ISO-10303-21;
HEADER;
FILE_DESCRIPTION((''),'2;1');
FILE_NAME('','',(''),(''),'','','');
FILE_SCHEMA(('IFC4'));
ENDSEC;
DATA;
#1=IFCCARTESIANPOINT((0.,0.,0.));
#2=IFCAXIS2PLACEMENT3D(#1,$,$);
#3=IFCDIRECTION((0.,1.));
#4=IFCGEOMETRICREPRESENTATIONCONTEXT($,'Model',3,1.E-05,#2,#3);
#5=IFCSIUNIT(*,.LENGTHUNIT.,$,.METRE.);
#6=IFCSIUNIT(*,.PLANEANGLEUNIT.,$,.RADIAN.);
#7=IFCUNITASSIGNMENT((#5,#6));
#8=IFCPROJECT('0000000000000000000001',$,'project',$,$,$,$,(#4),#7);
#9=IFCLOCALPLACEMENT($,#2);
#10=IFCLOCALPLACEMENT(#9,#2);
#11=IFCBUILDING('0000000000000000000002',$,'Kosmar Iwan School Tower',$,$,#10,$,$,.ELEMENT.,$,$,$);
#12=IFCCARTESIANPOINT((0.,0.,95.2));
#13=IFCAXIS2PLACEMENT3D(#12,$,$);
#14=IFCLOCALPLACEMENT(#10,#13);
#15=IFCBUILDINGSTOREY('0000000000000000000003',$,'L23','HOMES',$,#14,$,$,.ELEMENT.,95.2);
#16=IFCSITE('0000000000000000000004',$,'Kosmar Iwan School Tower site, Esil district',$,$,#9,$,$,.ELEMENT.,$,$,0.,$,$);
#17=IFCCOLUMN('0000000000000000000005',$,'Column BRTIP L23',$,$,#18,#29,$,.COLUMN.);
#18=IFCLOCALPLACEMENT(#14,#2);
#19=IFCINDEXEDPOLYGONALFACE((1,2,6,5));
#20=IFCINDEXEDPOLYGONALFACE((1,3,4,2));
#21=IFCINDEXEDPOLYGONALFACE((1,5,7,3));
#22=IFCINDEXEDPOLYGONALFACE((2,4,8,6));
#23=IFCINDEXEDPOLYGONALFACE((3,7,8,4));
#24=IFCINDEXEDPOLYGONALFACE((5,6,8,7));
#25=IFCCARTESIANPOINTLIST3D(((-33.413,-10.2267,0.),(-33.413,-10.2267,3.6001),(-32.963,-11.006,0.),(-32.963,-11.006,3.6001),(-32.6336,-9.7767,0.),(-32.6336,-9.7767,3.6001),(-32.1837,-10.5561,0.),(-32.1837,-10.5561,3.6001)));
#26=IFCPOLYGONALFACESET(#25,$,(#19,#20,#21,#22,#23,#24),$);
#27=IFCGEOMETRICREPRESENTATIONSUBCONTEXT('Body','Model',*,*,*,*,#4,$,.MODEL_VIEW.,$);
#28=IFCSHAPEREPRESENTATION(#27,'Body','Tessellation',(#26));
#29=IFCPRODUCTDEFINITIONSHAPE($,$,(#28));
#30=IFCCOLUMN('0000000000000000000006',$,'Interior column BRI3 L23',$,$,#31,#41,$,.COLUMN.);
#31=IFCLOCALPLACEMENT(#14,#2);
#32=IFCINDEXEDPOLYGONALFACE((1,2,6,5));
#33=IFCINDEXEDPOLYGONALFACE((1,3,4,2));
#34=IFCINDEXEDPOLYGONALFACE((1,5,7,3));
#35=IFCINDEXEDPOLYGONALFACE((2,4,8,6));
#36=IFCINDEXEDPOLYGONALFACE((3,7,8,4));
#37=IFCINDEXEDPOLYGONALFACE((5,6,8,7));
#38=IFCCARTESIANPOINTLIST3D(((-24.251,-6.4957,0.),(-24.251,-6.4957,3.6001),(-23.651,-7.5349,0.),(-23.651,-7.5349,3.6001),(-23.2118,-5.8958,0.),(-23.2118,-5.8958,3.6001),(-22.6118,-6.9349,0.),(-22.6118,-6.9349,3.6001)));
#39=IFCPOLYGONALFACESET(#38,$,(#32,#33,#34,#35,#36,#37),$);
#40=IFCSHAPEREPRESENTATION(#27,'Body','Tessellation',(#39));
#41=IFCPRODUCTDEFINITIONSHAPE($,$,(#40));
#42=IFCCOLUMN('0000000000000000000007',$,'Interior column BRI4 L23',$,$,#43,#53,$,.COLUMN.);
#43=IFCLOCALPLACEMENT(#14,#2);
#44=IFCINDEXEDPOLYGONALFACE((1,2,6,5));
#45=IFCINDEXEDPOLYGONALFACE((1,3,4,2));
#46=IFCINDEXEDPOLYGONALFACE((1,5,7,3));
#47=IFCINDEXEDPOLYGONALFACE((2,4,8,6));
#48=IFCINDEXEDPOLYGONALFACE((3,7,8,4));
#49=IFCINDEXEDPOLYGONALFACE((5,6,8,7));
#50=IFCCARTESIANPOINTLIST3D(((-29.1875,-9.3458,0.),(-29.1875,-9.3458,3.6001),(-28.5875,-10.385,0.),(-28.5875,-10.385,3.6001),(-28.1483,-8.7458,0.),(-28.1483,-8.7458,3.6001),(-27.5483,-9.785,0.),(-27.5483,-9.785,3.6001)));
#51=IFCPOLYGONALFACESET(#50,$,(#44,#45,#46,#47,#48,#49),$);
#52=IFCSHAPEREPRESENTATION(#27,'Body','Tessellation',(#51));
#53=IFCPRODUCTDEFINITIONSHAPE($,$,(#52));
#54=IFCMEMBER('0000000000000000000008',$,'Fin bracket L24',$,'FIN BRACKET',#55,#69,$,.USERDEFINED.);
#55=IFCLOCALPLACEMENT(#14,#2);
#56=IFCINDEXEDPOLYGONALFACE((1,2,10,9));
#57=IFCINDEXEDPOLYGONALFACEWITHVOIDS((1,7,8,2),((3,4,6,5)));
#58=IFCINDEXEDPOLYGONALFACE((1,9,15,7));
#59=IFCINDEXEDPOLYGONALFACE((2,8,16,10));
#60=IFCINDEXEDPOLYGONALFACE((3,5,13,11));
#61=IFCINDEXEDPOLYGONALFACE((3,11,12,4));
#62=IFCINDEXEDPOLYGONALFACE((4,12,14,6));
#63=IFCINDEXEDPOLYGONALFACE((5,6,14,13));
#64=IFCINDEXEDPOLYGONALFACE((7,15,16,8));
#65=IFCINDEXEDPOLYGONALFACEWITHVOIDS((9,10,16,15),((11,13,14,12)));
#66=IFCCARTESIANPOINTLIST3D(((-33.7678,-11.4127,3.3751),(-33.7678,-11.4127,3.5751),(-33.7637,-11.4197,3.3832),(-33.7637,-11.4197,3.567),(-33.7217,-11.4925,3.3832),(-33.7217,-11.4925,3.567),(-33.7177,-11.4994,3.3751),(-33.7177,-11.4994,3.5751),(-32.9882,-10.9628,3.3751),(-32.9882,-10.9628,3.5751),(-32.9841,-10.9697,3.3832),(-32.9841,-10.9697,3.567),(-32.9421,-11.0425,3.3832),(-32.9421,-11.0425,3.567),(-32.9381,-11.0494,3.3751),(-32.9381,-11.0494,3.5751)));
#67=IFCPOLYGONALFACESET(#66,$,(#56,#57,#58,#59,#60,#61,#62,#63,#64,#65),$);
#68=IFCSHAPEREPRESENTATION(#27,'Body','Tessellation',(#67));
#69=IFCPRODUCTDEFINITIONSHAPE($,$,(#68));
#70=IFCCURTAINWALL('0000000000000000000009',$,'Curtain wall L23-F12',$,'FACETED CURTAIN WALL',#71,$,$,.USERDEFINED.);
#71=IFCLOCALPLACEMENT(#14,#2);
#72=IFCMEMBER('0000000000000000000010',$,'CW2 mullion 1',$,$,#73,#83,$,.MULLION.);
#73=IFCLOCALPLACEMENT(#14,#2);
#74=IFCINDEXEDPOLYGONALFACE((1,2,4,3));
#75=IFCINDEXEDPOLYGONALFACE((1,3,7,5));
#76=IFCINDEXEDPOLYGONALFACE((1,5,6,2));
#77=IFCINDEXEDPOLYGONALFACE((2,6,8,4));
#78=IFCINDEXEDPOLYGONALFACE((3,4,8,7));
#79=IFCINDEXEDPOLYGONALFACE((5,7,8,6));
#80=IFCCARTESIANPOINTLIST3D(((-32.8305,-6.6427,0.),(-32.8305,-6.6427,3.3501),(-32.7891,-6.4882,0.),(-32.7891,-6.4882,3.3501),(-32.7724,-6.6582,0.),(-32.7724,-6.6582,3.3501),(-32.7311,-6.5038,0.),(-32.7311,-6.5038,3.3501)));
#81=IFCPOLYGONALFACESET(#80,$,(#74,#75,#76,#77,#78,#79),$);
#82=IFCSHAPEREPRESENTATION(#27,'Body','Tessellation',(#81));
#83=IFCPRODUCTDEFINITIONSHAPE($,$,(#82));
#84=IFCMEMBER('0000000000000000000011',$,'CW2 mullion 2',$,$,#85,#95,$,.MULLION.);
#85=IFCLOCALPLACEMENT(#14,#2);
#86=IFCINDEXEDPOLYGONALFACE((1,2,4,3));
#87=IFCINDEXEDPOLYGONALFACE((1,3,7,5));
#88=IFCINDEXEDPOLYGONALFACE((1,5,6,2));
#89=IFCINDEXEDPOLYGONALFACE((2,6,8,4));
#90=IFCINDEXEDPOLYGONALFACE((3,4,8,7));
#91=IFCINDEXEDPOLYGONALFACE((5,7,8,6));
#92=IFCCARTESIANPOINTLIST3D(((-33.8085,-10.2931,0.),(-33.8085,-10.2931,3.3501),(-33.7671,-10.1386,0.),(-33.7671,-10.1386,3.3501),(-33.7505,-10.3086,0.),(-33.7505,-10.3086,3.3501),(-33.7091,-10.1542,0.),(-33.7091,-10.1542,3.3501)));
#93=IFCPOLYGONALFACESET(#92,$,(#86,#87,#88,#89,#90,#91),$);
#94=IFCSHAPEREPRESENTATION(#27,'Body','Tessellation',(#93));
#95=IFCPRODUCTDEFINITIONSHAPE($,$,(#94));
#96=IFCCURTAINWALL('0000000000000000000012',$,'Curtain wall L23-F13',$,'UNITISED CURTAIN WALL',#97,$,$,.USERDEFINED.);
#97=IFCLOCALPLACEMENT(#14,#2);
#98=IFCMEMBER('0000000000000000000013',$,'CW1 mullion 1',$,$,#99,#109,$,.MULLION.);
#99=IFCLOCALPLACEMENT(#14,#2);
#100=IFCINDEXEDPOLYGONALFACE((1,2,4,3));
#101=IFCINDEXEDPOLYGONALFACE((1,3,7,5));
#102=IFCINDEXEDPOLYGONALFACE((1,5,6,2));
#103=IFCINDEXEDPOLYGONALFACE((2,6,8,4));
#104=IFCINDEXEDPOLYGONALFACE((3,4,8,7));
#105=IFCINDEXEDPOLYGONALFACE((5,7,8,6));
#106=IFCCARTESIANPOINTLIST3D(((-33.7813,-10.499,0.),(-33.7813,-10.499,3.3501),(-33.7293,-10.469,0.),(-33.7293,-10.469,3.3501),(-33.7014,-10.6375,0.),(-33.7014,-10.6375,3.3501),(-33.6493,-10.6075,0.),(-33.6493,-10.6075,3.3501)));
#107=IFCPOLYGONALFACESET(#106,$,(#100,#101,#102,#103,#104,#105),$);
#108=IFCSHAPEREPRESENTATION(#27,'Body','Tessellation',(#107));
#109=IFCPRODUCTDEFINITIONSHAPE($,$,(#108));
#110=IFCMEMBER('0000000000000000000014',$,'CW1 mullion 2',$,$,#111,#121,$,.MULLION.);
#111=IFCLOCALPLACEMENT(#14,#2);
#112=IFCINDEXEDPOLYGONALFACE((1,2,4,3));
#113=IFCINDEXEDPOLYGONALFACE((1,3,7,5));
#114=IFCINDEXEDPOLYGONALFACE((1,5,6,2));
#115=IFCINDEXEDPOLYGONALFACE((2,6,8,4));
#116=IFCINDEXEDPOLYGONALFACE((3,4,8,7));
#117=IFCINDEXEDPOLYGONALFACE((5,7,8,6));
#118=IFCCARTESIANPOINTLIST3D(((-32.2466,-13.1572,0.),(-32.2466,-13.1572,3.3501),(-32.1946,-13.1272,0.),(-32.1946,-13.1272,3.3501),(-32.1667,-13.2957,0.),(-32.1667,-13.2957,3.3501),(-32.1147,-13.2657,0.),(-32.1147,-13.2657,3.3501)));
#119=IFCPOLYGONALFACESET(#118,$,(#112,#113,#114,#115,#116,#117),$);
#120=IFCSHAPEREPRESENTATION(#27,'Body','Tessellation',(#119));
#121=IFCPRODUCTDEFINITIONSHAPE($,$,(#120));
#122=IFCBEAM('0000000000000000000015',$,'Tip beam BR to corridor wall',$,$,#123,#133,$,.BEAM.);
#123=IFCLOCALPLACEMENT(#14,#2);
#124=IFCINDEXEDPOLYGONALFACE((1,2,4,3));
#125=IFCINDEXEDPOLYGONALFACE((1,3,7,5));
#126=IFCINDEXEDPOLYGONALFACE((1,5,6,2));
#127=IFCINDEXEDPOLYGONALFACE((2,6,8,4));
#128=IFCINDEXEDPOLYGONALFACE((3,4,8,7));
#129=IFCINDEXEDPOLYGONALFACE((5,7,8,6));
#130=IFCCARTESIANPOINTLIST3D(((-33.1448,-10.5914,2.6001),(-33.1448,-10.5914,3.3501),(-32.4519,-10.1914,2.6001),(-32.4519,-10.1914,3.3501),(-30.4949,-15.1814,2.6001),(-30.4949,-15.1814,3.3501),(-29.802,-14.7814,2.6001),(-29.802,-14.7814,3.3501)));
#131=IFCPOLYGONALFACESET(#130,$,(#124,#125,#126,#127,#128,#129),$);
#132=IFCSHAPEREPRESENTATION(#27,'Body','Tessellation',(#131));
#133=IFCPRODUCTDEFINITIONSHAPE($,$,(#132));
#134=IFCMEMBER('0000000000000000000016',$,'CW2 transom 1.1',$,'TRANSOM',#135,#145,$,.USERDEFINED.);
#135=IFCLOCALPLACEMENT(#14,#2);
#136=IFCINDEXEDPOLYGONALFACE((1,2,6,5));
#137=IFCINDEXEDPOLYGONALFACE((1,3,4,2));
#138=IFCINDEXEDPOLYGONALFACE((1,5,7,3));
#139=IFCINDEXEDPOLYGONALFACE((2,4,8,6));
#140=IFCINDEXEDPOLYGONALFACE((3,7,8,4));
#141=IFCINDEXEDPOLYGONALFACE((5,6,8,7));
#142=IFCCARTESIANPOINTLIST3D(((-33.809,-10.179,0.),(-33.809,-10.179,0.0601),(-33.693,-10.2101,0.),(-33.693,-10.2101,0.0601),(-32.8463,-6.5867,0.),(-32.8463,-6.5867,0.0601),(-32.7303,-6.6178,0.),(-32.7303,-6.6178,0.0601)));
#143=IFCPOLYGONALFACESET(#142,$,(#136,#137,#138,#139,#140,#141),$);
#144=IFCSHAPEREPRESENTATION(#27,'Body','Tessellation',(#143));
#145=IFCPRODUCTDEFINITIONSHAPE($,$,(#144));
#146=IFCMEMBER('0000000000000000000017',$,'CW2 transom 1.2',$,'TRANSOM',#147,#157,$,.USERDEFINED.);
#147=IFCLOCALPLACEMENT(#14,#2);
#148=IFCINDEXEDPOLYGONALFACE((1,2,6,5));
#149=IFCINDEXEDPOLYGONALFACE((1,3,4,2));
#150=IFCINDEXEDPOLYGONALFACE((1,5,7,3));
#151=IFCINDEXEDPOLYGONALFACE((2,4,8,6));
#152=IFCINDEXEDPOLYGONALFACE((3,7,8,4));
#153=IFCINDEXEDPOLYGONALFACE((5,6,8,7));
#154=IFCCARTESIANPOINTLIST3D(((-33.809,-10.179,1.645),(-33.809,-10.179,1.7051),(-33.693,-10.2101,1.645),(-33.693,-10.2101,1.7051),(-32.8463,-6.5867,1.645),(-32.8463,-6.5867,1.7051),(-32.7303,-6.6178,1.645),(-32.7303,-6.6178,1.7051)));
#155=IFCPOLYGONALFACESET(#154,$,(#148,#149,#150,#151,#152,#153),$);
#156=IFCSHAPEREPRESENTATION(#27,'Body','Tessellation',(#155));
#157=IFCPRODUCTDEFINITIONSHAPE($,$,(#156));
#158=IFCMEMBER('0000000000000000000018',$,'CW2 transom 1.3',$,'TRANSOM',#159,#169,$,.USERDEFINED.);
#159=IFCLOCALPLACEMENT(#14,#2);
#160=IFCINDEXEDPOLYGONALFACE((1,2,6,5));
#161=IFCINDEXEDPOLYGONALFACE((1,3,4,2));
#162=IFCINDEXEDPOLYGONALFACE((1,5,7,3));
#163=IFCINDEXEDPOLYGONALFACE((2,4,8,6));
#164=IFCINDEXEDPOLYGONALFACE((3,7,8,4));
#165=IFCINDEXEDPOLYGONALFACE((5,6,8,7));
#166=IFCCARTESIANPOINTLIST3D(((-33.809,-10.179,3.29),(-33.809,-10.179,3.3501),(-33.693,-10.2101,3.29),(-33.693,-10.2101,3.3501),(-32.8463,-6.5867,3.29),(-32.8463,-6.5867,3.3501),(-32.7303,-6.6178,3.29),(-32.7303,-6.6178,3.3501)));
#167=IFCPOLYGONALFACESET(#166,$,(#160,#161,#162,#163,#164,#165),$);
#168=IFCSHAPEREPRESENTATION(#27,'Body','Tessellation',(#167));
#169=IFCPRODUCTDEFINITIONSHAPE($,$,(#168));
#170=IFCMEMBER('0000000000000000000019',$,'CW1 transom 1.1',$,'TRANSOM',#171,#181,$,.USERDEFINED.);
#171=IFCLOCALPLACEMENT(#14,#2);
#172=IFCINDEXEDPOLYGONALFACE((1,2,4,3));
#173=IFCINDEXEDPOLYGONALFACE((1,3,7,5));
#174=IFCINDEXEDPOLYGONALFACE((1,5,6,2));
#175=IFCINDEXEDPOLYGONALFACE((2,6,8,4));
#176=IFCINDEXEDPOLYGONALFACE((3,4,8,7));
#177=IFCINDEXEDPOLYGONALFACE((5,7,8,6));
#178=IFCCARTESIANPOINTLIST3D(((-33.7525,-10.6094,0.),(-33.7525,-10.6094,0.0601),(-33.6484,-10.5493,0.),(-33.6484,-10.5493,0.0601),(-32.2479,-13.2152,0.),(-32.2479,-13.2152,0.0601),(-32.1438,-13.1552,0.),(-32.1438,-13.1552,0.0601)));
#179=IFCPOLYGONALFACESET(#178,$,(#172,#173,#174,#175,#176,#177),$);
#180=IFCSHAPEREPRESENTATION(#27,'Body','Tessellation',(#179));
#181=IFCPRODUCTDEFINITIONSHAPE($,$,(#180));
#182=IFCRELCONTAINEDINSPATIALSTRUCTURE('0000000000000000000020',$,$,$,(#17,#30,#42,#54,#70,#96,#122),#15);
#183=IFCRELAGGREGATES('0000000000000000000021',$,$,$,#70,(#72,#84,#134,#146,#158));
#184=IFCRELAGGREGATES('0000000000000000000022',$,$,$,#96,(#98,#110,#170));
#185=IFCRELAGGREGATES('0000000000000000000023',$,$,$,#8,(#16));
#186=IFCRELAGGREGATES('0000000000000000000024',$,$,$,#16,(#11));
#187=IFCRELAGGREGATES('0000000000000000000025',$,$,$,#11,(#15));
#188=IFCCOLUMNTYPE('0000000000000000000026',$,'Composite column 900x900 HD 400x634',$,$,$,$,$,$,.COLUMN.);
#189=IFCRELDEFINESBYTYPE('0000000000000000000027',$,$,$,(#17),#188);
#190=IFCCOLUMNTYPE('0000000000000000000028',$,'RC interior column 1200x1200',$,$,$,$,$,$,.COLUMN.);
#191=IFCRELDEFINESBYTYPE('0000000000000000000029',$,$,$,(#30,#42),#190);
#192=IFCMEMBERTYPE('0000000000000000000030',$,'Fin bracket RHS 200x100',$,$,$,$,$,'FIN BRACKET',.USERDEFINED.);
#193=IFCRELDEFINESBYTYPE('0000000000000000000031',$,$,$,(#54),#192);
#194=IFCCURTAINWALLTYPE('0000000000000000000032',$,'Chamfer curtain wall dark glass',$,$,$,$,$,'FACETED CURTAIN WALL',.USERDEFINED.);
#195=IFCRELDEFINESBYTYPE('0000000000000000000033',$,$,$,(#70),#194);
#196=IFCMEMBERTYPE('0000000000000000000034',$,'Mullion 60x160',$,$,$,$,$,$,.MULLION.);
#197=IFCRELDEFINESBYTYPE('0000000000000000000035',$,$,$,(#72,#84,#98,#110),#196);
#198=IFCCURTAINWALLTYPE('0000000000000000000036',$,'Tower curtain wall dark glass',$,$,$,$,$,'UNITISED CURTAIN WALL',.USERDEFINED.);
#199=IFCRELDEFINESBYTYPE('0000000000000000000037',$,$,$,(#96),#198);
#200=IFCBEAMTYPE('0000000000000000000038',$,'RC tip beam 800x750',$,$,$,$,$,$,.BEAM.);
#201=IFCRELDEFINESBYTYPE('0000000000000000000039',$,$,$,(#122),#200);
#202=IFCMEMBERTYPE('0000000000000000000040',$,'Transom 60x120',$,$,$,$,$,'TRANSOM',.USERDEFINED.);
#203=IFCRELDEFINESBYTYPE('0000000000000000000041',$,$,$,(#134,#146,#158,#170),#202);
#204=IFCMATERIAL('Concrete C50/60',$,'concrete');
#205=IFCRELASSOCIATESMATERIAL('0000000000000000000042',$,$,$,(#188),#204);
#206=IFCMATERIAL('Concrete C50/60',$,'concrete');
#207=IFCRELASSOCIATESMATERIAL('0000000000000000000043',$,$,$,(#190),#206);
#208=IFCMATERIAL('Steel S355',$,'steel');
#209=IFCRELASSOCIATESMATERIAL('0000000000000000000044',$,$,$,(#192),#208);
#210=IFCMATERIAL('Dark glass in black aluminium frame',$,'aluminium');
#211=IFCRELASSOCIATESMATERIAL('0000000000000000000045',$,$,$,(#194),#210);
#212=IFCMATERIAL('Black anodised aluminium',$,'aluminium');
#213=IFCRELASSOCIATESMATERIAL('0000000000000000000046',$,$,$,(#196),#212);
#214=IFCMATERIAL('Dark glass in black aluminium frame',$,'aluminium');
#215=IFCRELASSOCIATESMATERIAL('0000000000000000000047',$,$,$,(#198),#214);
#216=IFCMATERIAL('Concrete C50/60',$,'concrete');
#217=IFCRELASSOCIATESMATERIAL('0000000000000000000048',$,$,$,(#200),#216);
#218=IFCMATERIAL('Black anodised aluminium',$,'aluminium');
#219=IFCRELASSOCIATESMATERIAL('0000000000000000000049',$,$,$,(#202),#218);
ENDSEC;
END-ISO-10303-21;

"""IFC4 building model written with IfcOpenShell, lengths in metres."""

from ifc_helpers import new_model, si_unit, direction, frame, origin, origin_2d, place, context, subcontext, project, spatial, rectangle, hollow_rectangle, extrude, material, material_profile, profile_set, type_object, element, aggregate, save


model = new_model("IFC4")

# Units and contexts
model_context = context("Model", 3, precision=1e-05, world=origin(), true_north=direction((0.0, 1.0)))
body_context = subcontext(model_context, "Body", "Model", "MODEL_VIEW")
ifc_project = project(units=[si_unit("LENGTHUNIT", "METRE"), si_unit("PLANEANGLEUNIT", "RADIAN")], contexts=[model_context])

# Site, building, storey
site_placement = place(None, origin())
site = spatial("IfcSite", under=ifc_project, at=site_placement, Name="Kosmar Iwan School Tower site, Esil district", CompositionType="ELEMENT", RefElevation=0.0)
building_placement = place(site_placement, origin())
building = spatial("IfcBuilding", under=site, at=building_placement, Name="Kosmar Iwan School Tower", CompositionType="ELEMENT")
storey_placement = place(building_placement, frame((0.0, 0.0, 95.2)))
storey = spatial("IfcBuildingStorey", under=building, at=storey_placement, Name="L23", Description="HOMES", CompositionType="ELEMENT", Elevation=95.2)

# Columns
ifc_material_1 = material(Name="Concrete C50/60", Category="concrete")
ifc_material_profile_1 = material_profile(ifc_material_1, rectangle(XDim=0.8999, YDim=0.8999, at=origin_2d()), Name="RC 900x900 + HD 400x634")
ifc_profile_set_1 = profile_set([ifc_material_profile_1], Name="Concrete C50/60")
column_type_1 = type_object("IfcColumnType", Name="Composite column 900x900 HD 400x634", PredefinedType="COLUMN", material=ifc_profile_set_1)
column_placement = place(storey_placement, frame((-32.7983, -10.3914, 0.0), z_axis=(0.0, 0.0, 1.0), x_axis=(-0.866025, -0.5, 0.0)))
element("IfcColumn", 1, at=column_placement, inside=storey, type_object=column_type_1, Name="Column BRTIP L23", PredefinedType="COLUMN", context=body_context, shape_type="SweptSolid", body=[
    extrude(rectangle(XDim=0.8999, YDim=0.8999, at=origin_2d()), origin(), (0.0, 0.0, 1.0), 3.6001),
])
ifc_material_2 = material(Name="Concrete C50/60", Category="concrete")
ifc_material_profile_2 = material_profile(ifc_material_2, rectangle(XDim=1.2, YDim=1.2, at=origin_2d()), Name="RC 1200x1200")
ifc_profile_set_2 = profile_set([ifc_material_profile_2], Name="Concrete C50/60")
column_type_2 = type_object("IfcColumnType", Name="RC interior column 1200x1200", PredefinedType="COLUMN", material=ifc_profile_set_2)
for number, where, z_axis, x_axis, name in (
    (2, (-23.4314, -6.7153, 0.0), (0.0, 0.0, 1.0), (-0.866025, -0.5, 0.0), "Interior column BRI3 L23"),
    (3, (-28.3679, -9.5654, 0.0), (0.0, 0.0, 1.0), (-0.866025, -0.5, 0.0), "Interior column BRI4 L23"),
):
    element("IfcColumn", number, at=place(storey_placement, frame(where, z_axis=z_axis, x_axis=x_axis)), inside=storey, type_object=column_type_2, Name=name, PredefinedType="COLUMN", context=body_context, shape_type="SweptSolid", body=[
        extrude(rectangle(XDim=1.2, YDim=1.2, at=origin_2d()), origin(), (0.0, 0.0, 1.0), 3.6001),
    ])

# Member
ifc_material_3 = material(Name="Steel S355", Category="steel")
ifc_material_profile_3 = material_profile(ifc_material_3, hollow_rectangle(XDim=0.1001, YDim=0.2, WallThickness=0.0081, at=origin_2d()), Name="RHS 200x100x8")
ifc_profile_set_3 = profile_set([ifc_material_profile_3], Name="Steel S355")
member_type_1 = type_object("IfcMemberType", Name="Fin bracket RHS 200x100", ElementType="FIN BRACKET", PredefinedType="USERDEFINED", material=ifc_profile_set_3)
member_1_placement = place(storey_placement, frame((-32.9631, -11.0061, 3.4751), z_axis=(-0.866082, -0.499902, 0.0), x_axis=(0.499902, -0.866082, 0.0)))
element("IfcMember", 4, at=member_1_placement, inside=storey, type_object=member_type_1, Name="Fin bracket L24", ObjectType="FIN BRACKET", PredefinedType="USERDEFINED", context=body_context, shape_type="SweptSolid", body=[
    extrude(hollow_rectangle(XDim=0.1001, YDim=0.2, WallThickness=0.0081, at=origin_2d()), origin(), (0.0, 0.0, 1.0), 0.9001),
])

# Curtain walls, members
ifc_material_4 = material(Name="Dark glass in black aluminium frame", Category="aluminium")
curtain_wall_type_1 = type_object("IfcCurtainWallType", Name="Chamfer curtain wall dark glass", ElementType="FACETED CURTAIN WALL", PredefinedType="USERDEFINED", material=ifc_material_4)
curtain_wall_1_placement = place(storey_placement, origin())
curtain_wall_1 = element("IfcCurtainWall", 5, at=curtain_wall_1_placement, inside=storey, type_object=curtain_wall_type_1, Name="Curtain wall L23-F12", ObjectType="FACETED CURTAIN WALL", PredefinedType="USERDEFINED")
ifc_material_5 = material(Name="Black anodised aluminium", Category="aluminium")
ifc_material_profile_4 = material_profile(ifc_material_5, rectangle(XDim=0.0601, YDim=0.1599, at=origin_2d()), Name="MULLION 60x160")
ifc_profile_set_4 = profile_set([ifc_material_profile_4], Name="Black anodised aluminium")
member_type_2 = type_object("IfcMemberType", Name="Mullion 60x160", PredefinedType="MULLION", material=ifc_profile_set_4)
member_2_placement = place(storey_placement, frame((-32.7808, -6.5732, 0.0), z_axis=(0.0, 0.0, 1.0), x_axis=(0.965926, -0.258819, 0.0)))
member_2 = element("IfcMember", 6, at=member_2_placement, type_object=member_type_2, Name="CW2 mullion 1", PredefinedType="MULLION", context=body_context, shape_type="SweptSolid", body=[
    extrude(rectangle(XDim=0.0601, YDim=0.1599, at=origin_2d()), origin(), (0.0, 0.0, 1.0), 3.3501),
])
member_3_placement = place(storey_placement, frame((-33.7588, -10.2236, 0.0), z_axis=(0.0, 0.0, 1.0), x_axis=(0.965926, -0.258819, 0.0)))
member_3 = element("IfcMember", 7, at=member_3_placement, type_object=member_type_2, Name="CW2 mullion 2", PredefinedType="MULLION", context=body_context, shape_type="SweptSolid", body=[
    extrude(rectangle(XDim=0.0601, YDim=0.1599, at=origin_2d()), origin(), (0.0, 0.0, 1.0), 3.3501),
])
ifc_material_6 = material(Name="Dark glass in black aluminium frame", Category="aluminium")
curtain_wall_type_2 = type_object("IfcCurtainWallType", Name="Tower curtain wall dark glass", ElementType="UNITISED CURTAIN WALL", PredefinedType="USERDEFINED", material=ifc_material_6)
curtain_wall_2_placement = place(storey_placement, origin())
curtain_wall_2 = element("IfcCurtainWall", 8, at=curtain_wall_2_placement, inside=storey, type_object=curtain_wall_type_2, Name="Curtain wall L23-F13", ObjectType="UNITISED CURTAIN WALL", PredefinedType="USERDEFINED")
member_4_placement = place(storey_placement, frame((-33.7153, -10.5532, 0.0), z_axis=(0.0, 0.0, 1.0), x_axis=(0.866025, 0.5, 0.0)))
member_4 = element("IfcMember", 9, at=member_4_placement, type_object=member_type_2, Name="CW1 mullion 1", PredefinedType="MULLION", context=body_context, shape_type="SweptSolid", body=[
    extrude(rectangle(XDim=0.0601, YDim=0.1599, at=origin_2d()), origin(), (0.0, 0.0, 1.0), 3.3501),
])
member_5_placement = place(storey_placement, frame((-32.1807, -13.2114, 0.0), z_axis=(0.0, 0.0, 1.0), x_axis=(0.866025, 0.5, 0.0)))
member_5 = element("IfcMember", 10, at=member_5_placement, type_object=member_type_2, Name="CW1 mullion 2", PredefinedType="MULLION", context=body_context, shape_type="SweptSolid", body=[
    extrude(rectangle(XDim=0.0601, YDim=0.1599, at=origin_2d()), origin(), (0.0, 0.0, 1.0), 3.3501),
])

# Beam
ifc_material_7 = material(Name="Concrete C50/60", Category="concrete")
ifc_material_profile_5 = material_profile(ifc_material_7, rectangle(XDim=0.8, YDim=0.75, at=origin_2d()), Name="RC 800x750")
ifc_profile_set_5 = profile_set([ifc_material_profile_5], Name="Concrete C50/60")
beam_type = type_object("IfcBeamType", Name="RC tip beam 800x750", PredefinedType="BEAM", material=ifc_profile_set_5)
beam_placement = place(storey_placement, frame((-32.7983, -10.3914, 2.9751), z_axis=(0.499974, -0.866041, 0.0), x_axis=(0.866041, 0.499974, 0.0)))
element("IfcBeam", 11, at=beam_placement, inside=storey, type_object=beam_type, Name="Tip beam BR to corridor wall", PredefinedType="BEAM", context=body_context, shape_type="SweptSolid", body=[
    extrude(rectangle(XDim=0.8, YDim=0.75, at=origin_2d()), origin(), (0.0, 0.0, 1.0), 5.3),
])

# Members
ifc_material_8 = material(Name="Black anodised aluminium", Category="aluminium")
ifc_material_profile_6 = material_profile(ifc_material_8, rectangle(XDim=0.1201, YDim=0.0601, at=origin_2d()), Name="TRANSOM 60x120")
ifc_profile_set_6 = profile_set([ifc_material_profile_6], Name="Black anodised aluminium")
member_type_3 = type_object("IfcMemberType", Name="Transom 60x120", ElementType="TRANSOM", PredefinedType="USERDEFINED", material=ifc_profile_set_6)
member_6_placement = place(storey_placement, frame((-32.7883, -6.6023, 0.03), z_axis=(-0.258843, -0.965919, 0.0), x_axis=(0.965919, -0.258843, 0.0)))
member_6 = element("IfcMember", 12, at=member_6_placement, type_object=member_type_3, Name="CW2 transom 1.1", ObjectType="TRANSOM", PredefinedType="USERDEFINED", context=body_context, shape_type="SweptSolid", body=[
    extrude(rectangle(XDim=0.1201, YDim=0.0601, at=origin_2d()), origin(), (0.0, 0.0, 1.0), 3.719),
])
member_7_placement = place(storey_placement, frame((-32.7883, -6.6023, 1.675), z_axis=(-0.258843, -0.965919, 0.0), x_axis=(0.965919, -0.258843, 0.0)))
member_7 = element("IfcMember", 13, at=member_7_placement, type_object=member_type_3, Name="CW2 transom 1.2", ObjectType="TRANSOM", PredefinedType="USERDEFINED", context=body_context, shape_type="SweptSolid", body=[
    extrude(rectangle(XDim=0.1201, YDim=0.0601, at=origin_2d()), origin(), (0.0, 0.0, 1.0), 3.719),
])
member_8_placement = place(storey_placement, frame((-32.7883, -6.6023, 3.3201), z_axis=(-0.258843, -0.965919, 0.0), x_axis=(0.965919, -0.258843, 0.0)))
member_8 = element("IfcMember", 14, at=member_8_placement, type_object=member_type_3, Name="CW2 transom 1.3", ObjectType="TRANSOM", PredefinedType="USERDEFINED", context=body_context, shape_type="SweptSolid", body=[
    extrude(rectangle(XDim=0.1201, YDim=0.0601, at=origin_2d()), origin(), (0.0, 0.0, 1.0), 3.719),
])
member_9_placement = place(storey_placement, frame((-33.7004, -10.5793, 0.03), z_axis=(0.500022, -0.866013, 0.0), x_axis=(0.866013, 0.500022, 0.0)))
member_9 = element("IfcMember", 15, at=member_9_placement, type_object=member_type_3, Name="CW1 transom 1.1", ObjectType="TRANSOM", PredefinedType="USERDEFINED", context=body_context, shape_type="SweptSolid", body=[
    extrude(rectangle(XDim=0.1201, YDim=0.0601, at=origin_2d()), origin(), (0.0, 0.0, 1.0), 3.009),
])

aggregate(curtain_wall_1, [member_2, member_3, member_6, member_7, member_8])
aggregate(curtain_wall_2, [member_4, member_5, member_9])

save(model, "model.ifc")
